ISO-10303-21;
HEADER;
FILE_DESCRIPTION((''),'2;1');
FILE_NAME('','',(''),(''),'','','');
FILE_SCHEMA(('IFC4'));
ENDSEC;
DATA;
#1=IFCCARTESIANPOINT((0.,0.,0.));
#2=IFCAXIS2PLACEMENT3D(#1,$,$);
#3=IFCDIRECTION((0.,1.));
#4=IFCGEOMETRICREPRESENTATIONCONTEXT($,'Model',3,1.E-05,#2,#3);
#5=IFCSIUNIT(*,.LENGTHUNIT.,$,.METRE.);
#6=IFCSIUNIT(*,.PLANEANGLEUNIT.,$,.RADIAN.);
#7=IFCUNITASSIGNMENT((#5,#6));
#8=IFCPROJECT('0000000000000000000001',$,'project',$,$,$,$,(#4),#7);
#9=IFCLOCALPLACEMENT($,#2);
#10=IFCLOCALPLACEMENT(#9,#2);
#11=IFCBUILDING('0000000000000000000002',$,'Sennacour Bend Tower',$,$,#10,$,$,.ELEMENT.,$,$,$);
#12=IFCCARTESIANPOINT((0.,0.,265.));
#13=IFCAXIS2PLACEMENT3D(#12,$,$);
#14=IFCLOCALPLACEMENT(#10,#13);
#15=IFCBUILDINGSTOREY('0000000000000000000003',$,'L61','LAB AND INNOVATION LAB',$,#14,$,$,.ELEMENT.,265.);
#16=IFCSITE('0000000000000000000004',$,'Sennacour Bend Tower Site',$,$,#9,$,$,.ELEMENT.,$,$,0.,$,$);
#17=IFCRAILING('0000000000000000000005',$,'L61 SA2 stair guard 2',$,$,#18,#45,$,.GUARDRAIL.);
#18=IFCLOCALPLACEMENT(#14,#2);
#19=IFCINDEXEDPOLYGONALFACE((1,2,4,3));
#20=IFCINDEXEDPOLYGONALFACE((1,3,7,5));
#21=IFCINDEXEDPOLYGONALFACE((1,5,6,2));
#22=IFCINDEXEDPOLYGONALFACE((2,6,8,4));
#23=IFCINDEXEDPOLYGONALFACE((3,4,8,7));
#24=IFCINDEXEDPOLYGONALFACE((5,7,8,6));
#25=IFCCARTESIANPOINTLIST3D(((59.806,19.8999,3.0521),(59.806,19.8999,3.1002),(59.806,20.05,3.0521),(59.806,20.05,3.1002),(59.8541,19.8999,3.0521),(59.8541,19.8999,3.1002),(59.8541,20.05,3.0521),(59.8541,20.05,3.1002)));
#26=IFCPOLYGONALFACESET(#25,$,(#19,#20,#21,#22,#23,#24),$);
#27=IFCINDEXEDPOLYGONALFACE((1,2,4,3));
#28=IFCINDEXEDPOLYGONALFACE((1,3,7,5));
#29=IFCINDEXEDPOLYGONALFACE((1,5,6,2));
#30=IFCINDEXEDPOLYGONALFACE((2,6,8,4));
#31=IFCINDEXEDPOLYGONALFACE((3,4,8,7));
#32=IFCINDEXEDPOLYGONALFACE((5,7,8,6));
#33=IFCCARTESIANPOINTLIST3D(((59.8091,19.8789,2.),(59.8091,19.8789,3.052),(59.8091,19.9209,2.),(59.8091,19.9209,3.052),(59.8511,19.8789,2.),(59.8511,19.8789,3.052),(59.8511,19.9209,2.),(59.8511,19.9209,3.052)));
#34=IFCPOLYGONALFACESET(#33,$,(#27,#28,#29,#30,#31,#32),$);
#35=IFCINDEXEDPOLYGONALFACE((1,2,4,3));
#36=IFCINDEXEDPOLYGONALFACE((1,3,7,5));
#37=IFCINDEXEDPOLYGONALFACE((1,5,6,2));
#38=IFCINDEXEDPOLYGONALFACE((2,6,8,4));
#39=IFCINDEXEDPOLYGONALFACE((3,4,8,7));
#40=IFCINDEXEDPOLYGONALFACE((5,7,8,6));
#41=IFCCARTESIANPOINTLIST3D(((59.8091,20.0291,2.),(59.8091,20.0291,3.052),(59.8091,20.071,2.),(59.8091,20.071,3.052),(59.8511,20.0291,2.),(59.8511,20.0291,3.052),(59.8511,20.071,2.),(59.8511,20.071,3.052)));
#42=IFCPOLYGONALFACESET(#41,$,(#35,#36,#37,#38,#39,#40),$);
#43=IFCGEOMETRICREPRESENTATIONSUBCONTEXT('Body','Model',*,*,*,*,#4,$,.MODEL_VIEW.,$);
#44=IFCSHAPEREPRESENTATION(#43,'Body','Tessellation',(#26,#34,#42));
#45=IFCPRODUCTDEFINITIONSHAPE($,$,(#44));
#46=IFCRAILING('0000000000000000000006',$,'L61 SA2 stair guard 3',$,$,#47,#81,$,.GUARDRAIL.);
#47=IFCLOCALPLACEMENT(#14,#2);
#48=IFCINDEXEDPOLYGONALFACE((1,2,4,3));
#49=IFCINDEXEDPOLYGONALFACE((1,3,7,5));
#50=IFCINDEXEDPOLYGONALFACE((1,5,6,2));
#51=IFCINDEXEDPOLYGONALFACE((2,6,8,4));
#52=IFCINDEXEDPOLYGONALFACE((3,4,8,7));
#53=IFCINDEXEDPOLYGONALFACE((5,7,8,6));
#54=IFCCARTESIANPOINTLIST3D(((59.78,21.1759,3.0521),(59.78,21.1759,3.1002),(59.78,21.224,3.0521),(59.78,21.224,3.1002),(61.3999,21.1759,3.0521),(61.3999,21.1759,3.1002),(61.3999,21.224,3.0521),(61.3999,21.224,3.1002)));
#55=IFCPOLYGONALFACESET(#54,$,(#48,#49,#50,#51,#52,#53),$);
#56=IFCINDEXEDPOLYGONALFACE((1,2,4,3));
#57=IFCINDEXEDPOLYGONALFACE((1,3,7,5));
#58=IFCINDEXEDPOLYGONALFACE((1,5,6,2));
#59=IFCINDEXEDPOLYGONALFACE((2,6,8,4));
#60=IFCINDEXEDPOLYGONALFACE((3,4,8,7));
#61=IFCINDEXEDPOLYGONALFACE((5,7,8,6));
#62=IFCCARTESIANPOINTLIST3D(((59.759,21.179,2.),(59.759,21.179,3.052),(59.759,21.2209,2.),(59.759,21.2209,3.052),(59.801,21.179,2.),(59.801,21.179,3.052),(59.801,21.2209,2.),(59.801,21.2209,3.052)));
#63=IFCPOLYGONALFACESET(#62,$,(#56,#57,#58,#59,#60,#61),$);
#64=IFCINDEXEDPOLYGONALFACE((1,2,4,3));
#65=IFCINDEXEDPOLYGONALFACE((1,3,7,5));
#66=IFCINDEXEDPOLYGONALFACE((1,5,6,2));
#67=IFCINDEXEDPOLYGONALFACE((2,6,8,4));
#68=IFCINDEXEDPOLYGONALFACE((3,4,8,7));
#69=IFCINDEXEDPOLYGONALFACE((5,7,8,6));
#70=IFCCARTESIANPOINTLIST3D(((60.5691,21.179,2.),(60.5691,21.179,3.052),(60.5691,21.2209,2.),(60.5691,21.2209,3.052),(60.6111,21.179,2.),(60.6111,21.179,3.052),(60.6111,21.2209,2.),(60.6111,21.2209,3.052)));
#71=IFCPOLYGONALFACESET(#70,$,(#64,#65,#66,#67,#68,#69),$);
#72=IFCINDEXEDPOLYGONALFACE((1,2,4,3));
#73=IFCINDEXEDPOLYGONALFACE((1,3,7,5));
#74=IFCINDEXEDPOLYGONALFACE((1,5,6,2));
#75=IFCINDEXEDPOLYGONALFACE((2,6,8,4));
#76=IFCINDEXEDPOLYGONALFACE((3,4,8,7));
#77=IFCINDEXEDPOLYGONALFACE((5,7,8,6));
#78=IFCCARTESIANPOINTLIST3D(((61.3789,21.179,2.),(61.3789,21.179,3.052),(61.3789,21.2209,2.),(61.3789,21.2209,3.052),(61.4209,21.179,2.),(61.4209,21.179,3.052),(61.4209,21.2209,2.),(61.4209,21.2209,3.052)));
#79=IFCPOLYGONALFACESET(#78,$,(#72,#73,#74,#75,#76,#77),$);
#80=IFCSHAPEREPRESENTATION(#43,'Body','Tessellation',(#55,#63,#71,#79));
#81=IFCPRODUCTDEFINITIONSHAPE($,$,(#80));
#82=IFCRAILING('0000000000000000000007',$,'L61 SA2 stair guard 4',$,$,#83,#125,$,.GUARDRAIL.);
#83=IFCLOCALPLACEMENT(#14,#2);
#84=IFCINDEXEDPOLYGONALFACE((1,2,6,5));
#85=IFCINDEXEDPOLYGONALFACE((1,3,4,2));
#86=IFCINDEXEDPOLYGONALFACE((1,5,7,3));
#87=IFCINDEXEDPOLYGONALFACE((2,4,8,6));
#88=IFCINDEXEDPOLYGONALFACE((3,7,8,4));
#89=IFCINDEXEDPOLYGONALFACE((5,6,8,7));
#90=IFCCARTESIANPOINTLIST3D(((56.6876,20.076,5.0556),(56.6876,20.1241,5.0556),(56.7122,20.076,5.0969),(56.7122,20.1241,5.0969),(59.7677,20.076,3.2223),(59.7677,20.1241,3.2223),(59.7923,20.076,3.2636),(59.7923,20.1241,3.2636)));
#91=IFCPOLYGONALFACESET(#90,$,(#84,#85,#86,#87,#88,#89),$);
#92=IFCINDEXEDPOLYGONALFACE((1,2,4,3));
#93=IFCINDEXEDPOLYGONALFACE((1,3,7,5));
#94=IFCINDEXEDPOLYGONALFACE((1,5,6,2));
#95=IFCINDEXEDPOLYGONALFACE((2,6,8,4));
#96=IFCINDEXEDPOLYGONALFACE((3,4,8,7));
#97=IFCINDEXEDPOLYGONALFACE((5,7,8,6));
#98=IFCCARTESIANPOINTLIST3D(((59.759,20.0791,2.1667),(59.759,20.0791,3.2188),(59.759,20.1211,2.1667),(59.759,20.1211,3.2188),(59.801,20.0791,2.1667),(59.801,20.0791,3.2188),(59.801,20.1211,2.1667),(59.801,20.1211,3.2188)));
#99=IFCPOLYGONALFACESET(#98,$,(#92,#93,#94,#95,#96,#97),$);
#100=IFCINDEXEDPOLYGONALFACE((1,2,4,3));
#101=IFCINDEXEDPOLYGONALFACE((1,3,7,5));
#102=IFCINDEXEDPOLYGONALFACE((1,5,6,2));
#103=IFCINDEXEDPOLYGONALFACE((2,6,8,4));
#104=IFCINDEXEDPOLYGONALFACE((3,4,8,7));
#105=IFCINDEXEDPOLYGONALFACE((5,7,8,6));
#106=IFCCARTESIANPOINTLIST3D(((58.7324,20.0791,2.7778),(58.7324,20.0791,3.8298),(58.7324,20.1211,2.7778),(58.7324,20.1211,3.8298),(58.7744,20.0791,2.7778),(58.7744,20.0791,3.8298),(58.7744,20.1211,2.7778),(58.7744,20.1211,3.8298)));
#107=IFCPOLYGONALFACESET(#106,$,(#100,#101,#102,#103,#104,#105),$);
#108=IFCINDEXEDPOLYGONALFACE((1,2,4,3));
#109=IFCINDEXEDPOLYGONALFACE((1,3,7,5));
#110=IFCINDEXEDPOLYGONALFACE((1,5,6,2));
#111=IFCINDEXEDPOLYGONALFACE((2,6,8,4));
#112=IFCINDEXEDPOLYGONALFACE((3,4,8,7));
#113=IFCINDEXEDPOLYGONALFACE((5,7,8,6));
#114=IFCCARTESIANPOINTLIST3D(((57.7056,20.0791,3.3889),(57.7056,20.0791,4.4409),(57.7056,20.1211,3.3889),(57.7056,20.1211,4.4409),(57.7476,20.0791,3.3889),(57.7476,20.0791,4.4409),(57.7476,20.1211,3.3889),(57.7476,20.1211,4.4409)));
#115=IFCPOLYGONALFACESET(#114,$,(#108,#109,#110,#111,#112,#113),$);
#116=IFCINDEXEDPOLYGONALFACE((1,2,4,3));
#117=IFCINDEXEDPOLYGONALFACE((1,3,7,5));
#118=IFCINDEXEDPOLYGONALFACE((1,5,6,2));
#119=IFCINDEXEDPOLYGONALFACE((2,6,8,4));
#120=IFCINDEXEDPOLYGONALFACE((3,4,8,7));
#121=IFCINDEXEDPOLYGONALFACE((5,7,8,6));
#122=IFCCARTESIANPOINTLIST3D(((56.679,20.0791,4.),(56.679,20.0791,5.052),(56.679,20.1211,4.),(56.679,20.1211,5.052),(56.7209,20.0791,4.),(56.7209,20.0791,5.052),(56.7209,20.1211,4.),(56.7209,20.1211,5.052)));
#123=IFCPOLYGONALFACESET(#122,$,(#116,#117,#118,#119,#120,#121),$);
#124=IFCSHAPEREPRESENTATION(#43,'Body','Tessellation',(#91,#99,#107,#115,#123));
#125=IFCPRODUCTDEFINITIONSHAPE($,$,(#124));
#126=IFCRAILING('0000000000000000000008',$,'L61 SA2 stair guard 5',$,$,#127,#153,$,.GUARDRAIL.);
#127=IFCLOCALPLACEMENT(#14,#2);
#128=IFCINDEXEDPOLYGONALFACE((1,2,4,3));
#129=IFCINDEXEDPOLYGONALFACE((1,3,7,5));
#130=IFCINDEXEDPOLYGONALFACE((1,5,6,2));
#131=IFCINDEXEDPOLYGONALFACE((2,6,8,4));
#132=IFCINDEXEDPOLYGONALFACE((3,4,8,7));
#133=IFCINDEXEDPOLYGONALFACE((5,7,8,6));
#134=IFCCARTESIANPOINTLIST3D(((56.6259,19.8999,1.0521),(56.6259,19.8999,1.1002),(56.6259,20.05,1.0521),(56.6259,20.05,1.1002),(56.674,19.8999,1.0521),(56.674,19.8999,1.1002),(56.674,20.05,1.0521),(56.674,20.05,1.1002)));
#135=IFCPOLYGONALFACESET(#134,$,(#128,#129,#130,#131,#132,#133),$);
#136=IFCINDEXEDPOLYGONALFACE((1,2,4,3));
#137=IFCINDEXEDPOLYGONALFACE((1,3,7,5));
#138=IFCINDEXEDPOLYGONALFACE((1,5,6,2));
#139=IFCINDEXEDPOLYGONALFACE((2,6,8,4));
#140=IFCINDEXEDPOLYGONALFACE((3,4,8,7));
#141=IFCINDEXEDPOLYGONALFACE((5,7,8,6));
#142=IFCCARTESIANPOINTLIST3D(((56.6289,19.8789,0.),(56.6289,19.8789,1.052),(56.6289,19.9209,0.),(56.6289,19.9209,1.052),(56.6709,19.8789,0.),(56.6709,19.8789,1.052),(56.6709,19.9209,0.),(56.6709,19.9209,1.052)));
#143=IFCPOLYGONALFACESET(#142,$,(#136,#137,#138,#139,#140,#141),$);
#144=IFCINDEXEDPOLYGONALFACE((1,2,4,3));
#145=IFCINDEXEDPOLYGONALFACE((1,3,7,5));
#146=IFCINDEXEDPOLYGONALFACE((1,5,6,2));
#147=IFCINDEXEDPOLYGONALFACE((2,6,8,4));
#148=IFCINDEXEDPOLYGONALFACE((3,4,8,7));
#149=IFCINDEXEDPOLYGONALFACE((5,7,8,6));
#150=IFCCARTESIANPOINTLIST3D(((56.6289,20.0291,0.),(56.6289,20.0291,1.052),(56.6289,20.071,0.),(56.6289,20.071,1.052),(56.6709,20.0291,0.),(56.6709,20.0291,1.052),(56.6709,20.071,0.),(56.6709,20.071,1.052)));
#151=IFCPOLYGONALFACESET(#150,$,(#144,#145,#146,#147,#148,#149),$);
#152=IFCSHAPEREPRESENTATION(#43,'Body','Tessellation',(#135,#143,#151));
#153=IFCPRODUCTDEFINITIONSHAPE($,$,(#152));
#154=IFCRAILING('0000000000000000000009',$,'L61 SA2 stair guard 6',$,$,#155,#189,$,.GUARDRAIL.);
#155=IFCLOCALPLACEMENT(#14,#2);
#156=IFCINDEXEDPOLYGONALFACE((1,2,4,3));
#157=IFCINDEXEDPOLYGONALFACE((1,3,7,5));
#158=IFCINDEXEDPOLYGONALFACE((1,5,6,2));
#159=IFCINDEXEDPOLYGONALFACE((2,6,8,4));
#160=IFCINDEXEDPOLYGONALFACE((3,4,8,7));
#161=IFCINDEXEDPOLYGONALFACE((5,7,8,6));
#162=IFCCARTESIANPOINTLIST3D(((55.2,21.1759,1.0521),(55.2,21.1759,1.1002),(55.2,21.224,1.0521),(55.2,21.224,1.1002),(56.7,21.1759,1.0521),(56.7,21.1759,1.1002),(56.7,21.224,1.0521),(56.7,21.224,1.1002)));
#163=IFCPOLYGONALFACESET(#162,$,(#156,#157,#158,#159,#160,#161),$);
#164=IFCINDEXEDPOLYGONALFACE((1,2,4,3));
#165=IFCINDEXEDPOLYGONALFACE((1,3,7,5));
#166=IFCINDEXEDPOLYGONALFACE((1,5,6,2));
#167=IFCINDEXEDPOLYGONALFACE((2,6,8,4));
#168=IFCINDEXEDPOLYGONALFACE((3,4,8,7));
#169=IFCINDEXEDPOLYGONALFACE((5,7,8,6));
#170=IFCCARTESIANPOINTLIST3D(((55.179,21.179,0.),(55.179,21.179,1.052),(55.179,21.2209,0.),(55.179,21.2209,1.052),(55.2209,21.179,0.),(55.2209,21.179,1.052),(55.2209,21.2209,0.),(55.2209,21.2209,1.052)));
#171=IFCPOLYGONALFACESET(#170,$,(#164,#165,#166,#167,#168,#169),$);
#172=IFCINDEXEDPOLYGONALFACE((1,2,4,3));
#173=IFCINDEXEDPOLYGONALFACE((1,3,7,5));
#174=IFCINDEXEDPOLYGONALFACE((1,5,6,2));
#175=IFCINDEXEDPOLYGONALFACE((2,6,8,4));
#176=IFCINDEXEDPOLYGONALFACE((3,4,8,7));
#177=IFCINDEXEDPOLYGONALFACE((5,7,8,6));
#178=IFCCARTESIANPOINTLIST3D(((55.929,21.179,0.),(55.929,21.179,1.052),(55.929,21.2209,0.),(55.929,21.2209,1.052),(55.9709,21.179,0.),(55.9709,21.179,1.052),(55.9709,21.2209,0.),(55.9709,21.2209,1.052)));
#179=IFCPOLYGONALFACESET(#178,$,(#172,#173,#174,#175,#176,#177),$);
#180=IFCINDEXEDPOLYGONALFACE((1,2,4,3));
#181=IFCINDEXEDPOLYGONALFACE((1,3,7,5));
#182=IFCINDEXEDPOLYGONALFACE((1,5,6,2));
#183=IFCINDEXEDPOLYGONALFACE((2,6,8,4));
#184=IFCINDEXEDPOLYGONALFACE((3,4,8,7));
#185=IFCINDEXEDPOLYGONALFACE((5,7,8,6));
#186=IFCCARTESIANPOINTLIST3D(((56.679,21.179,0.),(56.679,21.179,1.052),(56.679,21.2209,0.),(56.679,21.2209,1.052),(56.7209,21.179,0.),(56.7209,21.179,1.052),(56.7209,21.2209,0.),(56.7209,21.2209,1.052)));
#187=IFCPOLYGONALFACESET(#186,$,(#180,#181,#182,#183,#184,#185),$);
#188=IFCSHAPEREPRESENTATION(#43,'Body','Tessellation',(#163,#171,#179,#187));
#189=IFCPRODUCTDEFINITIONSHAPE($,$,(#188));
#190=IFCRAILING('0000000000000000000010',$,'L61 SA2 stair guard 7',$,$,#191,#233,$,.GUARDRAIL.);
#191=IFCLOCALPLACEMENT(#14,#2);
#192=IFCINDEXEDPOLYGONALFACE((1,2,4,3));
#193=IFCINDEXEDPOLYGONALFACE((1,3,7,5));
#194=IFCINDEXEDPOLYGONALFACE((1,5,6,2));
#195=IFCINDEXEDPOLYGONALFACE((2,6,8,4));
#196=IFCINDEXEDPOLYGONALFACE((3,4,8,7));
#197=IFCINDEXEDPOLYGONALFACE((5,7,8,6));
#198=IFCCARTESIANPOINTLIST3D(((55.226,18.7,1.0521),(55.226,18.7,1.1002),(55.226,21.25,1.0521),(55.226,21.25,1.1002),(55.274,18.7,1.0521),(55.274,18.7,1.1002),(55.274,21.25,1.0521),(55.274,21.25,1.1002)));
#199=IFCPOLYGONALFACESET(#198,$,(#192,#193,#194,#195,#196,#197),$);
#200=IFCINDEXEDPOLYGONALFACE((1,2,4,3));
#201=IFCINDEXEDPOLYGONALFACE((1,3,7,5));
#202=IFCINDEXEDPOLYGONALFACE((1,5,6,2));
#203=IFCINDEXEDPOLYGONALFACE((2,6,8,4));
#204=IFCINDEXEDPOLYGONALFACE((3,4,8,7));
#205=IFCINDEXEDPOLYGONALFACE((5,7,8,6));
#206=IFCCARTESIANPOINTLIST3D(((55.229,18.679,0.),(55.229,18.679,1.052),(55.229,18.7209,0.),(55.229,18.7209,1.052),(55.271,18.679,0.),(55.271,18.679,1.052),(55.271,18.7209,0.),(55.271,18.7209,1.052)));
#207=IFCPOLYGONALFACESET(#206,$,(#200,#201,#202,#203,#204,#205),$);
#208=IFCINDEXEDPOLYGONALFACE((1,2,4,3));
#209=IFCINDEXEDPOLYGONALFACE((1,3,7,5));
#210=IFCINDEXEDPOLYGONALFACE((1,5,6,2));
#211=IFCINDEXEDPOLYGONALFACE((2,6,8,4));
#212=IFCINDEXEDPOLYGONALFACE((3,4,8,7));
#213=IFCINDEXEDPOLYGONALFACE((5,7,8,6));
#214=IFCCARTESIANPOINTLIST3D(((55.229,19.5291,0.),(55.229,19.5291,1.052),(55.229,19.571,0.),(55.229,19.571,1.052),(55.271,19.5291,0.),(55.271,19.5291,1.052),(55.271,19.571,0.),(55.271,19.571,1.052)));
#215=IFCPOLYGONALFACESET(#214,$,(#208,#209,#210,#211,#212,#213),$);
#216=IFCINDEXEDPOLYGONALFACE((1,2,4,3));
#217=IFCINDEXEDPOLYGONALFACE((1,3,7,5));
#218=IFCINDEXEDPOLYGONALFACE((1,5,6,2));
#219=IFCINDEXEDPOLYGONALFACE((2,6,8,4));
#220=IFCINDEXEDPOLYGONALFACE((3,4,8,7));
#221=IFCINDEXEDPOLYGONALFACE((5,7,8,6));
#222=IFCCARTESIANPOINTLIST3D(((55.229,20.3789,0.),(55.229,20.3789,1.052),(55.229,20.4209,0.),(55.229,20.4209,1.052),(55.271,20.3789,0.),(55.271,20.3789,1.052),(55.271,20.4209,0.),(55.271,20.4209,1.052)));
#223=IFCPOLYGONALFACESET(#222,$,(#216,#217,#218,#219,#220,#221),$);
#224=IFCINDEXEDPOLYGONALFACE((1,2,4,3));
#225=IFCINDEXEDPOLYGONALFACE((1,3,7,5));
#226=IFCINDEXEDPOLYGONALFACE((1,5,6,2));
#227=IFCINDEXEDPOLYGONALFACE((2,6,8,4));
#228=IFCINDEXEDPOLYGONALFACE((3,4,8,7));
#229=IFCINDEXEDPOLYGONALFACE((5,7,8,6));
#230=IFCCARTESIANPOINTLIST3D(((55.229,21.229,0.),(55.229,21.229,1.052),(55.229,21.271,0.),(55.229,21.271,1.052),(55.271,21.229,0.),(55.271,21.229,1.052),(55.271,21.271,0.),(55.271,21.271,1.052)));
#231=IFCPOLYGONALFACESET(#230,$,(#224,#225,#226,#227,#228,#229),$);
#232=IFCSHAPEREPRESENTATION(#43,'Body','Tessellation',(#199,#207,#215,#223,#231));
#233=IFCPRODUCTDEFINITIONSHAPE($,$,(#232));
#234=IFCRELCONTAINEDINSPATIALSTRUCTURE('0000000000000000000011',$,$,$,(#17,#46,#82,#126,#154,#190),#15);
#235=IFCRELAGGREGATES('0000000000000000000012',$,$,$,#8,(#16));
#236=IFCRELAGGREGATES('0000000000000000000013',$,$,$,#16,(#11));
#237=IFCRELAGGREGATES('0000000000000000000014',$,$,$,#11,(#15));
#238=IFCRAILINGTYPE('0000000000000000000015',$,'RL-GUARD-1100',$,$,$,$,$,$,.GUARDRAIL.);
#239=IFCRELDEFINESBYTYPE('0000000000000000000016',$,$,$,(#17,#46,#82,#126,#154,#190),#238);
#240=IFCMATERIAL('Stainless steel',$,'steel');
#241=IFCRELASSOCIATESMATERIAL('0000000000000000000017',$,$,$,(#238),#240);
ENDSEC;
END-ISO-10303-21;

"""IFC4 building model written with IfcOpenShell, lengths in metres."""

from ifc_helpers import new_model, si_unit, direction, frame, origin, origin_2d, place, context, subcontext, project, spatial, rectangle, extrude, material, type_object, element, save


model = new_model("IFC4")

# Units and contexts
model_context = context("Model", 3, precision=1e-05, world=origin(), true_north=direction((0.0, 1.0)))
body_context = subcontext(model_context, "Body", "Model", "MODEL_VIEW")
ifc_project = project(units=[si_unit("LENGTHUNIT", "METRE"), si_unit("PLANEANGLEUNIT", "RADIAN")], contexts=[model_context])

# Site, building, storey
site_placement = place(None, origin())
site = spatial("IfcSite", under=ifc_project, at=site_placement, Name="Sennacour Bend Tower Site", CompositionType="ELEMENT", RefElevation=0.0)
building_placement = place(site_placement, origin())
building = spatial("IfcBuilding", under=site, at=building_placement, Name="Sennacour Bend Tower", CompositionType="ELEMENT")
storey_placement = place(building_placement, frame((0.0, 0.0, 265.0)))
storey = spatial("IfcBuildingStorey", under=building, at=storey_placement, Name="L61", Description="LAB AND INNOVATION LAB", CompositionType="ELEMENT", Elevation=265.0)

# Railings
ifc_material_1 = material(Name="Stainless steel", Category="steel")
railing_type_1 = type_object("IfcRailingType", Name="RL-GUARD-1100", PredefinedType="GUARDRAIL", material=ifc_material_1)
railing_1_placement = place(storey_placement, frame((59.8301, 19.8999, 2.0)))
element("IfcRailing", 1, at=railing_1_placement, inside=storey, type_object=railing_type_1, Name="L61 SA2 stair guard 2", PredefinedType="GUARDRAIL", context=body_context, shape_type="SweptSolid", body=[
    extrude(rectangle(XDim=0.0481, YDim=0.0481, at=origin_2d()), frame((0.0, 0.0, 1.0762), z_axis=(0.0, 1.0, 0.0), x_axis=(-1.0, 0.0, 0.0)), (0.0, 0.0, 1.0), 0.1501),
    extrude(rectangle(XDim=0.042, YDim=0.042, at=origin_2d()), origin(), (0.0, 0.0, 1.0), 1.052),
    extrude(rectangle(XDim=0.042, YDim=0.042, at=origin_2d()), frame((0.0, 0.1501, 0.0)), (0.0, 0.0, 1.0), 1.052),
])
railing_2_placement = place(storey_placement, frame((59.78, 21.2, 2.0)))
element("IfcRailing", 2, at=railing_2_placement, inside=storey, type_object=railing_type_1, Name="L61 SA2 stair guard 3", PredefinedType="GUARDRAIL", context=body_context, shape_type="SweptSolid", body=[
    extrude(rectangle(XDim=0.0481, YDim=0.0481, at=origin_2d()), frame((0.0, 0.0, 1.0762), z_axis=(1.0, 0.0, 0.0), x_axis=(0.0, 1.0, 0.0)), (0.0, 0.0, 1.0), 1.6199),
    extrude(rectangle(XDim=0.042, YDim=0.042, at=origin_2d()), origin(), (0.0, 0.0, 1.0), 1.052),
    extrude(rectangle(XDim=0.042, YDim=0.042, at=origin_2d()), frame((0.8101, 0.0, 0.0)), (0.0, 0.0, 1.0), 1.052),
    extrude(rectangle(XDim=0.042, YDim=0.042, at=origin_2d()), frame((1.6199, 0.0, 0.0)), (0.0, 0.0, 1.0), 1.052),
])
railing_3_placement = place(storey_placement, frame((59.78, 20.1001, 2.1667)))
element("IfcRailing", 3, at=railing_3_placement, inside=storey, type_object=railing_type_1, Name="L61 SA2 stair guard 4", PredefinedType="GUARDRAIL", context=body_context, shape_type="SweptSolid", body=[
    extrude(rectangle(XDim=0.0481, YDim=0.0481, at=origin_2d()), frame((0.0, 0.0, 1.0762), z_axis=(-0.859309, 0.0, 0.511458), x_axis=(0.0, -1.0, 0.0)), (0.0, 0.0, 1.0), 3.5845),
    extrude(rectangle(XDim=0.042, YDim=0.042, at=origin_2d()), origin(), (0.0, 0.0, 1.0), 1.052),
    extrude(rectangle(XDim=0.042, YDim=0.042, at=origin_2d()), frame((-1.0266, 0.0, 0.6111)), (0.0, 0.0, 1.0), 1.052),
    extrude(rectangle(XDim=0.042, YDim=0.042, at=origin_2d()), frame((-2.0535, 0.0, 1.2222)), (0.0, 0.0, 1.0), 1.052),
    extrude(rectangle(XDim=0.042, YDim=0.042, at=origin_2d()), frame((-3.0801, 0.0, 1.8333)), (0.0, 0.0, 1.0), 1.052),
])
railing_4_placement = place(storey_placement, frame((56.6499, 19.8999, 0.0)))
element("IfcRailing", 4, at=railing_4_placement, inside=storey, type_object=railing_type_1, Name="L61 SA2 stair guard 5", PredefinedType="GUARDRAIL", context=body_context, shape_type="SweptSolid", body=[
    extrude(rectangle(XDim=0.0481, YDim=0.0481, at=origin_2d()), frame((0.0, 0.0, 1.0762), z_axis=(0.0, 1.0, 0.0), x_axis=(-1.0, 0.0, 0.0)), (0.0, 0.0, 1.0), 0.1501),
    extrude(rectangle(XDim=0.042, YDim=0.042, at=origin_2d()), origin(), (0.0, 0.0, 1.0), 1.052),
    extrude(rectangle(XDim=0.042, YDim=0.042, at=origin_2d()), frame((0.0, 0.1501, 0.0)), (0.0, 0.0, 1.0), 1.052),
])
railing_5_placement = place(storey_placement, frame((55.2, 21.2, 0.0)))
element("IfcRailing", 5, at=railing_5_placement, inside=storey, type_object=railing_type_1, Name="L61 SA2 stair guard 6", PredefinedType="GUARDRAIL", context=body_context, shape_type="SweptSolid", body=[
    extrude(rectangle(XDim=0.0481, YDim=0.0481, at=origin_2d()), frame((0.0, 0.0, 1.0762), z_axis=(1.0, 0.0, 0.0), x_axis=(0.0, 1.0, 0.0)), (0.0, 0.0, 1.0), 1.5),
    extrude(rectangle(XDim=0.042, YDim=0.042, at=origin_2d()), origin(), (0.0, 0.0, 1.0), 1.052),
    extrude(rectangle(XDim=0.042, YDim=0.042, at=origin_2d()), frame((0.75, 0.0, 0.0)), (0.0, 0.0, 1.0), 1.052),
    extrude(rectangle(XDim=0.042, YDim=0.042, at=origin_2d()), frame((1.5, 0.0, 0.0)), (0.0, 0.0, 1.0), 1.052),
])
railing_6_placement = place(storey_placement, frame((55.25, 18.7, 0.0)))
element("IfcRailing", 6, at=railing_6_placement, inside=storey, type_object=railing_type_1, Name="L61 SA2 stair guard 7", PredefinedType="GUARDRAIL", context=body_context, shape_type="SweptSolid", body=[
    extrude(rectangle(XDim=0.0481, YDim=0.0481, at=origin_2d()), frame((0.0, 0.0, 1.0762), z_axis=(0.0, 1.0, 0.0), x_axis=(-1.0, 0.0, 0.0)), (0.0, 0.0, 1.0), 2.55),
    extrude(rectangle(XDim=0.042, YDim=0.042, at=origin_2d()), origin(), (0.0, 0.0, 1.0), 1.052),
    extrude(rectangle(XDim=0.042, YDim=0.042, at=origin_2d()), frame((0.0, 0.8501, 0.0)), (0.0, 0.0, 1.0), 1.052),
    extrude(rectangle(XDim=0.042, YDim=0.042, at=origin_2d()), frame((0.0, 1.7, 0.0)), (0.0, 0.0, 1.0), 1.052),
    extrude(rectangle(XDim=0.042, YDim=0.042, at=origin_2d()), frame((0.0, 2.55, 0.0)), (0.0, 0.0, 1.0), 1.052),
])

save(model, "model.ifc")
